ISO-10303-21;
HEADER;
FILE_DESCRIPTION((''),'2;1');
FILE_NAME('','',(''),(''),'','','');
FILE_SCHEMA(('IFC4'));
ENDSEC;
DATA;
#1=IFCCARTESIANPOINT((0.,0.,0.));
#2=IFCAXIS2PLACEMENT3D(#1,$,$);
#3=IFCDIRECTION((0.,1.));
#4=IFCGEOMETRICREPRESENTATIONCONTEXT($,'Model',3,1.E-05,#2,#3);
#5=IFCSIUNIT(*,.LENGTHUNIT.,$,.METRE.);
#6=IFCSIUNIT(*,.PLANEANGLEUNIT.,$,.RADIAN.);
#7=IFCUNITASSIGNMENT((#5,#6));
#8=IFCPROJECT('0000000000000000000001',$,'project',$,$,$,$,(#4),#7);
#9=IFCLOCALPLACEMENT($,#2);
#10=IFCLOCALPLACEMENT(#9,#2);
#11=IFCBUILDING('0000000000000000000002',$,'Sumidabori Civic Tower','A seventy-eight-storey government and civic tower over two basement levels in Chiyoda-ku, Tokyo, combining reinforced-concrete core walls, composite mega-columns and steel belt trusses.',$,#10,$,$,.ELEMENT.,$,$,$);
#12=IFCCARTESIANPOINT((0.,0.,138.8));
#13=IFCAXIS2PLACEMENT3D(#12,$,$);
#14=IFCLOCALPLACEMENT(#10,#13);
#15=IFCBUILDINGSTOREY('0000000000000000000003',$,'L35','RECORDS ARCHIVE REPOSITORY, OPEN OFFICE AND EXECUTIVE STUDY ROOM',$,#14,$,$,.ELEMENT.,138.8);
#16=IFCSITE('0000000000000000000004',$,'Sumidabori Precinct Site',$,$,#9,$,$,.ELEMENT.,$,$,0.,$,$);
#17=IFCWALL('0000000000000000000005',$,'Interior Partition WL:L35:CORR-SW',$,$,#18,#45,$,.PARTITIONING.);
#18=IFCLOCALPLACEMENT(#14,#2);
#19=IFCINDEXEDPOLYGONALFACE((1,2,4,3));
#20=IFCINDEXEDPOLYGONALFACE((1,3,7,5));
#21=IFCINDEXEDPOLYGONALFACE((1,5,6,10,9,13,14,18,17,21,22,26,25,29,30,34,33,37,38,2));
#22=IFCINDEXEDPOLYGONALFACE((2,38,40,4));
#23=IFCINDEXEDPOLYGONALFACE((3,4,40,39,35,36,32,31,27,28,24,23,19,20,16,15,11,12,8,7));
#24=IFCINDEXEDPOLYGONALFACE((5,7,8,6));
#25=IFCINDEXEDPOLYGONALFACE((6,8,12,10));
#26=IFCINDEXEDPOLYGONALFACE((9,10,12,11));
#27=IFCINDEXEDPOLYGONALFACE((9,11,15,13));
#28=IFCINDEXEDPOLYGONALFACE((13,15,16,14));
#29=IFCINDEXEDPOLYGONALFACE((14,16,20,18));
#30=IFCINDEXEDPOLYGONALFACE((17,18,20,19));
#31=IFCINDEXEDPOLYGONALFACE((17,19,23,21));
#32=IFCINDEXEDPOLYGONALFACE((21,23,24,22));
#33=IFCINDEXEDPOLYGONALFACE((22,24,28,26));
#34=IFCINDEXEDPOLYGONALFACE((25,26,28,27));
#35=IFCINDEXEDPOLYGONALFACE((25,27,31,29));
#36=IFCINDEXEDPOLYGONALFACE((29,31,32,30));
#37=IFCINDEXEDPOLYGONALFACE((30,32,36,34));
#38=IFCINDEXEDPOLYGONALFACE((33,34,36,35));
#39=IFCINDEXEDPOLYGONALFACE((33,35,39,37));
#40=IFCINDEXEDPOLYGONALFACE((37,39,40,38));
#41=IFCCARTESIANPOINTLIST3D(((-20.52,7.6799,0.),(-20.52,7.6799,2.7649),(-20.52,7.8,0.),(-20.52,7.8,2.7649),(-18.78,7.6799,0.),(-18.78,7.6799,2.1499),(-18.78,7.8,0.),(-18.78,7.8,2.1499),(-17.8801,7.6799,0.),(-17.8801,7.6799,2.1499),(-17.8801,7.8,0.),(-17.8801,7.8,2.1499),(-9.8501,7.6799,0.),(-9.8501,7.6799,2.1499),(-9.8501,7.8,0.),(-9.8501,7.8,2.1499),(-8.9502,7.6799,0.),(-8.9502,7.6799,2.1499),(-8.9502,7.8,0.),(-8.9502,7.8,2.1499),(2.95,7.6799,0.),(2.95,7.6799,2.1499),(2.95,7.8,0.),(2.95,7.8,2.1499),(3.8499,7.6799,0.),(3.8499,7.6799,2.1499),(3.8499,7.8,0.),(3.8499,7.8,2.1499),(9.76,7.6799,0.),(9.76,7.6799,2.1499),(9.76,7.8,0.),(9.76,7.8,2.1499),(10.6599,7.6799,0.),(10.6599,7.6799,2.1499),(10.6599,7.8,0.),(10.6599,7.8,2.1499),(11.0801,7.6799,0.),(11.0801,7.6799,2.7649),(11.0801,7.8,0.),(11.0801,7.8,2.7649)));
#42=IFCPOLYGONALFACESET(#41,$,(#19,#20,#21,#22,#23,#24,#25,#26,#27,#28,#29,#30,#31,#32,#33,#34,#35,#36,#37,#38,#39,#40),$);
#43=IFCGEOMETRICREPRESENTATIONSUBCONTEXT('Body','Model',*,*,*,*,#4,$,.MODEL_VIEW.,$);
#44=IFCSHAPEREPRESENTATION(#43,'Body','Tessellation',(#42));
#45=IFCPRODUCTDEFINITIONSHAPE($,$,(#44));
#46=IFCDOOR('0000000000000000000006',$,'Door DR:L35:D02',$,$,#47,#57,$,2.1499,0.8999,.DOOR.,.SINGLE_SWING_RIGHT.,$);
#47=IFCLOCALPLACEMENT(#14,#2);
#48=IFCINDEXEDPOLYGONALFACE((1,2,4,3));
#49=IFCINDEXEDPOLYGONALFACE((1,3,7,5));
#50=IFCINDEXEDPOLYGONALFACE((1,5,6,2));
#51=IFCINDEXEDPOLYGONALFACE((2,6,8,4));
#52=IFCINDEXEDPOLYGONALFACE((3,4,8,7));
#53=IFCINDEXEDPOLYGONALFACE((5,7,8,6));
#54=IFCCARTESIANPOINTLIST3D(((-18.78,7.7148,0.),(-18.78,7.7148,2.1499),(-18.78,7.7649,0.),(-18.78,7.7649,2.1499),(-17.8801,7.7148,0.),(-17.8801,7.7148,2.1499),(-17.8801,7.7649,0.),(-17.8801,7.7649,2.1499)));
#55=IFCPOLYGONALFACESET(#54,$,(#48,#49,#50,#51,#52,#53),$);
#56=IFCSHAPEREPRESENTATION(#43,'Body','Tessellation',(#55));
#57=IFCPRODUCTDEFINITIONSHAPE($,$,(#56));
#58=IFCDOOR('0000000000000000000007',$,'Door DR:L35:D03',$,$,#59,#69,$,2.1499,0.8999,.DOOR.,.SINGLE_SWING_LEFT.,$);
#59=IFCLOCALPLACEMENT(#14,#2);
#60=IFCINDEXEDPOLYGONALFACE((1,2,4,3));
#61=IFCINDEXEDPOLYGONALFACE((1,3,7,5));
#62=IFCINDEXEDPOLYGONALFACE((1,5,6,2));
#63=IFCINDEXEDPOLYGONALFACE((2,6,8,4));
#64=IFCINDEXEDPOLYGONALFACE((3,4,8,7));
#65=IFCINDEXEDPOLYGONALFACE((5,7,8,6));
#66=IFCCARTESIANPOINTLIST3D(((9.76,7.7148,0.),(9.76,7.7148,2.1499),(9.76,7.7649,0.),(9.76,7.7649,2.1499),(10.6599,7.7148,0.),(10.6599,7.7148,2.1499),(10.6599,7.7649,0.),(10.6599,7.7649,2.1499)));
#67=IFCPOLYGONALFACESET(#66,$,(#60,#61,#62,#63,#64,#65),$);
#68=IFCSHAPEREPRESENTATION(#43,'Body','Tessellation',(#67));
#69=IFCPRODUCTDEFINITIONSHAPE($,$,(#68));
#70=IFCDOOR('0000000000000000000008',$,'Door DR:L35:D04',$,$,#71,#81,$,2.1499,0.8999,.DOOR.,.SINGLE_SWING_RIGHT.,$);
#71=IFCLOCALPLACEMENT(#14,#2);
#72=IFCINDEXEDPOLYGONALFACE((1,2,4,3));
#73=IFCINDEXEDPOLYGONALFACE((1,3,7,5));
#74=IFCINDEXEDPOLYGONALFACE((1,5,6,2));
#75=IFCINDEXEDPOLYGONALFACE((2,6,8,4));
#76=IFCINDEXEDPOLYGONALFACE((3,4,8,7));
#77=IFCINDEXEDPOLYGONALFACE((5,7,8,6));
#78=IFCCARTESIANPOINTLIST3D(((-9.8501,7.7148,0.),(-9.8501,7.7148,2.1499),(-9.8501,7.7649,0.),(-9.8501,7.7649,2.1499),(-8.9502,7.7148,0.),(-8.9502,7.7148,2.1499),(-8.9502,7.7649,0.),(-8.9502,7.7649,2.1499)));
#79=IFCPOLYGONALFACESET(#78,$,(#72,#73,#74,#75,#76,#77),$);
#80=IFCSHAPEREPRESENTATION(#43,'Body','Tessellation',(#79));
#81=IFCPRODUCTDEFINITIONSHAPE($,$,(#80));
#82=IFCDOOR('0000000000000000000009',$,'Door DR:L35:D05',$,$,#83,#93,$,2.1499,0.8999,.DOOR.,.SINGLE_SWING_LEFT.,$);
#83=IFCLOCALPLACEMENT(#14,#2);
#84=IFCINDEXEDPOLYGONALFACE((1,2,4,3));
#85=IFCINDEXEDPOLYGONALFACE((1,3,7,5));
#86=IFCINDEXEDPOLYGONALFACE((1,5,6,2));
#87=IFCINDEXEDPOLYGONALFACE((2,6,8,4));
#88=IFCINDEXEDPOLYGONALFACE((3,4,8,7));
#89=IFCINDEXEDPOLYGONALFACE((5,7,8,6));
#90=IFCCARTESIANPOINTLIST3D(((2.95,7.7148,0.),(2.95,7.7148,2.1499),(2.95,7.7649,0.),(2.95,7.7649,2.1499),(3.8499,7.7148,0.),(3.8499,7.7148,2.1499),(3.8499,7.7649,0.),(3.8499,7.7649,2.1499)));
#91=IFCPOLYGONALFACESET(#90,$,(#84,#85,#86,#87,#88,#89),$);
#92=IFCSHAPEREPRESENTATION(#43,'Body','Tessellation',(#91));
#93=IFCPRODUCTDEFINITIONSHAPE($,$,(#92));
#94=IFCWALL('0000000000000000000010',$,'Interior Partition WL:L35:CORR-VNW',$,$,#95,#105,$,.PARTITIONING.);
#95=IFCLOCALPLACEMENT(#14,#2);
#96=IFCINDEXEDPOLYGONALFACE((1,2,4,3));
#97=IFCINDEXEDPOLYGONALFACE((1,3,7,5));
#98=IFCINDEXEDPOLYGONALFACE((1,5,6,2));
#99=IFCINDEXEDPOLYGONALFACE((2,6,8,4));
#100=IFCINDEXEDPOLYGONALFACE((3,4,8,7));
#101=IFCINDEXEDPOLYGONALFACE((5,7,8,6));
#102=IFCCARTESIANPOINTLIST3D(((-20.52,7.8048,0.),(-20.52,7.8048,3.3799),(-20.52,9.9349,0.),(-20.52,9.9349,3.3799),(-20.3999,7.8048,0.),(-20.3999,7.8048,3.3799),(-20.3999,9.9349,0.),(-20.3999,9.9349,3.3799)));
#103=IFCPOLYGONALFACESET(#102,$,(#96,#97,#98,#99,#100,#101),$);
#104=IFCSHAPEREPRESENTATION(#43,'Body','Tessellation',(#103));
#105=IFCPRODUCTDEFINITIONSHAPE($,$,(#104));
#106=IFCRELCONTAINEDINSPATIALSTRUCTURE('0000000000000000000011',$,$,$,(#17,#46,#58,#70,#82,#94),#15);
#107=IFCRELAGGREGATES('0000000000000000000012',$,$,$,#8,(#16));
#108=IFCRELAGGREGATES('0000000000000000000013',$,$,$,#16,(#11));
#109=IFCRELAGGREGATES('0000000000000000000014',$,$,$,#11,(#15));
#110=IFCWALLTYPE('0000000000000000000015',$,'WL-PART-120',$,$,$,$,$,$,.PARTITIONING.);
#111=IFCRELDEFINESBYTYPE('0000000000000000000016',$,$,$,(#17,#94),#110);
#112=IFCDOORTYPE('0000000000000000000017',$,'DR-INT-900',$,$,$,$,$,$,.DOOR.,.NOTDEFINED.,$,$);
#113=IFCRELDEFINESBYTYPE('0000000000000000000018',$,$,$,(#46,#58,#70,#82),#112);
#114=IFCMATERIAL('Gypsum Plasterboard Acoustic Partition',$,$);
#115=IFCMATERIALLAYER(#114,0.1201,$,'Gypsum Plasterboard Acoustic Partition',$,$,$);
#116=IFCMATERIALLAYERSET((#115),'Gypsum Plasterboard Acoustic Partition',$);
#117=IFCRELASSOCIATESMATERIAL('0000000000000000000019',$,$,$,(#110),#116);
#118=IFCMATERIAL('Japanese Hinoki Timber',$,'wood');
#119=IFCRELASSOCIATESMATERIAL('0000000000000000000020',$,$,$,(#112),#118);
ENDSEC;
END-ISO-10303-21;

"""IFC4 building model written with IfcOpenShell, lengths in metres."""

from ifc_helpers import new_model, si_unit, direction, frame, frame_2d, origin, place, context, subcontext, project, spatial, rectangle, extrude, source, transform, mapped, material, layer, layer_set, type_object, element, fill, save


model = new_model("IFC4")

# Units and contexts
model_context = context("Model", 3, precision=1e-05, world=origin(), true_north=direction((0.0, 1.0)))
body_context = subcontext(model_context, "Body", "Model", "MODEL_VIEW")
ifc_project = project(units=[si_unit("LENGTHUNIT", "METRE"), si_unit("PLANEANGLEUNIT", "RADIAN")], contexts=[model_context])

# Site, building, storey
site_placement = place(None, origin())
site = spatial("IfcSite", under=ifc_project, at=site_placement, Name="Sumidabori Precinct Site", CompositionType="ELEMENT", RefElevation=0.0)
building_placement = place(site_placement, origin())
building = spatial("IfcBuilding", under=site, at=building_placement, Name="Sumidabori Civic Tower", Description="A seventy-eight-storey government and civic tower over two basement levels in Chiyoda-ku, Tokyo, combining reinforced-concrete core walls, composite mega-columns and steel belt trusses.", CompositionType="ELEMENT")
storey_placement = place(building_placement, frame((0.0, 0.0, 138.8)))
storey = spatial("IfcBuildingStorey", under=building, at=storey_placement, Name="L35", Description="RECORDS ARCHIVE REPOSITORY, OPEN OFFICE AND EXECUTIVE STUDY ROOM", CompositionType="ELEMENT", Elevation=138.8)

# Shared definitions
ifc_material_1 = material(Name="Gypsum Plasterboard Acoustic Partition")
ifc_layer_1 = layer(ifc_material_1, 0.1201, Name="Gypsum Plasterboard Acoustic Partition")
ifc_layer_set_1 = layer_set([ifc_layer_1], Name="Gypsum Plasterboard Acoustic Partition")
wall_type_1 = type_object("IfcWallType", Name="WL-PART-120", PredefinedType="PARTITIONING", material=ifc_layer_set_1)
ifc_material_2 = material(Name="Japanese Hinoki Timber", Category="wood")
door_type_1 = type_object("IfcDoorType", Name="DR-INT-900", OperationType="NOTDEFINED", PredefinedType="DOOR", material=ifc_material_2)
shared_shape_1 = source(origin(), body_context, "Body", "SweptSolid", [
    extrude(rectangle(XDim=0.8999, YDim=2.1499, at=frame_2d((0.45, 1.075))), frame((0.0, 0.0249, 0.0), z_axis=(0.0, -1.0, 0.0), x_axis=(1.0, 0.0, 0.0)), (0.0, 0.0, 1.0), 0.05),
])

# Wall, openings, doors
shared_shape_2 = source(origin(), body_context, "Body", "SweptSolid", [
    extrude(rectangle(XDim=31.6001, YDim=0.1201, at=frame_2d((15.8, 0.0))), origin(), (0.0, 0.0, 1.0), 2.7649),
])
wall_1_placement = place(storey_placement, frame((-20.52, 7.74, 0.0), z_axis=(0.0, 0.0, 1.0), x_axis=(1.0, 0.0, 0.0)))
wall_1 = element("IfcWall", 1, at=wall_1_placement, inside=storey, type_object=wall_type_1, Name="Interior Partition WL:L35:CORR-SW", PredefinedType="PARTITIONING", context=body_context, shape_type="MappedRepresentation", body=[
    mapped(shared_shape_2, transform((0.0, 0.0, 0.0), x_axis=(1.0, 0.0, 0.0), y_axis=(0.0, 1.0, 0.0), z_axis=(0.0, 0.0, 1.0), scale=1.0)),
])
opening_1_placement = place(wall_1_placement, frame((1.74, 0.0, 0.0)))
opening_1 = element("IfcOpeningElement", 2, at=opening_1_placement, cuts=wall_1, PredefinedType="OPENING", context=body_context, shape_type="SweptSolid", body=[
    extrude(rectangle(XDim=0.8999, YDim=2.1499, at=frame_2d((0.45, 1.075))), frame((0.0, 0.072, 0.0), z_axis=(0.0, -1.0, 0.0), x_axis=(1.0, 0.0, 0.0)), (0.0, 0.0, 1.0), 0.144),
])
opening_2_placement = place(wall_1_placement, frame((30.28, 0.0, 0.0)))
opening_2 = element("IfcOpeningElement", 3, at=opening_2_placement, cuts=wall_1, PredefinedType="OPENING", context=body_context, shape_type="SweptSolid", body=[
    extrude(rectangle(XDim=0.8999, YDim=2.1499, at=frame_2d((0.45, 1.075))), frame((0.0, 0.072, 0.0), z_axis=(0.0, -1.0, 0.0), x_axis=(1.0, 0.0, 0.0)), (0.0, 0.0, 1.0), 0.144),
])
opening_3_placement = place(wall_1_placement, frame((10.6699, 0.0, 0.0)))
opening_3 = element("IfcOpeningElement", 4, at=opening_3_placement, cuts=wall_1, PredefinedType="OPENING", context=body_context, shape_type="SweptSolid", body=[
    extrude(rectangle(XDim=0.8999, YDim=2.1499, at=frame_2d((0.45, 1.075))), frame((0.0, 0.072, 0.0), z_axis=(0.0, -1.0, 0.0), x_axis=(1.0, 0.0, 0.0)), (0.0, 0.0, 1.0), 0.144),
])
opening_4_placement = place(wall_1_placement, frame((23.47, 0.0, 0.0)))
opening_4 = element("IfcOpeningElement", 5, at=opening_4_placement, cuts=wall_1, PredefinedType="OPENING", context=body_context, shape_type="SweptSolid", body=[
    extrude(rectangle(XDim=0.8999, YDim=2.1499, at=frame_2d((0.45, 1.075))), frame((0.0, 0.072, 0.0), z_axis=(0.0, -1.0, 0.0), x_axis=(1.0, 0.0, 0.0)), (0.0, 0.0, 1.0), 0.144),
])
door_1_placement = place(opening_1_placement, origin())
door_1 = element("IfcDoor", 6, at=door_1_placement, inside=storey, type_object=door_type_1, Name="Door DR:L35:D02", OperationType="SINGLE_SWING_RIGHT", OverallHeight=2.1499, OverallWidth=0.8999, PredefinedType="DOOR", context=body_context, shape_type="MappedRepresentation", body=[
    mapped(shared_shape_1, transform((0.0, 0.0, 0.0), x_axis=(1.0, 0.0, 0.0), y_axis=(0.0, 1.0, 0.0), z_axis=(0.0, 0.0, 1.0), scale=1.0)),
])
fill(opening_1, door_1)
door_2_placement = place(opening_2_placement, origin())
door_2 = element("IfcDoor", 7, at=door_2_placement, inside=storey, type_object=door_type_1, Name="Door DR:L35:D03", OperationType="SINGLE_SWING_LEFT", OverallHeight=2.1499, OverallWidth=0.8999, PredefinedType="DOOR", context=body_context, shape_type="MappedRepresentation", body=[
    mapped(shared_shape_1, transform((0.0, 0.0, 0.0), x_axis=(1.0, 0.0, 0.0), y_axis=(0.0, 1.0, 0.0), z_axis=(0.0, 0.0, 1.0), scale=1.0)),
])
fill(opening_2, door_2)
door_3_placement = place(opening_3_placement, origin())
door_3 = element("IfcDoor", 8, at=door_3_placement, inside=storey, type_object=door_type_1, Name="Door DR:L35:D04", OperationType="SINGLE_SWING_RIGHT", OverallHeight=2.1499, OverallWidth=0.8999, PredefinedType="DOOR", context=body_context, shape_type="MappedRepresentation", body=[
    mapped(shared_shape_1, transform((0.0, 0.0, 0.0), x_axis=(1.0, 0.0, 0.0), y_axis=(0.0, 1.0, 0.0), z_axis=(0.0, 0.0, 1.0), scale=1.0)),
])
fill(opening_3, door_3)
door_4_placement = place(opening_4_placement, origin())
door_4 = element("IfcDoor", 9, at=door_4_placement, inside=storey, type_object=door_type_1, Name="Door DR:L35:D05", OperationType="SINGLE_SWING_LEFT", OverallHeight=2.1499, OverallWidth=0.8999, PredefinedType="DOOR", context=body_context, shape_type="MappedRepresentation", body=[
    mapped(shared_shape_1, transform((0.0, 0.0, 0.0), x_axis=(1.0, 0.0, 0.0), y_axis=(0.0, 1.0, 0.0), z_axis=(0.0, 0.0, 1.0), scale=1.0)),
])
fill(opening_4, door_4)

# Wall
shared_shape_3 = source(origin(), body_context, "Body", "SweptSolid", [
    extrude(rectangle(XDim=2.1301, YDim=0.1201, at=frame_2d((1.0649, 0.0))), origin(), (0.0, 0.0, 1.0), 3.3799),
])
wall_2_placement = place(storey_placement, frame((-20.46, 7.8049, 0.0), z_axis=(0.0, 0.0, 1.0), x_axis=(0.0, 1.0, 0.0)))
element("IfcWall", 10, at=wall_2_placement, inside=storey, type_object=wall_type_1, Name="Interior Partition WL:L35:CORR-VNW", PredefinedType="PARTITIONING", context=body_context, shape_type="MappedRepresentation", body=[
    mapped(shared_shape_3, transform((0.0, 0.0, 0.0), x_axis=(1.0, 0.0, 0.0), y_axis=(0.0, 1.0, 0.0), z_axis=(0.0, 0.0, 1.0), scale=1.0)),
])

save(model, "model.ifc")
